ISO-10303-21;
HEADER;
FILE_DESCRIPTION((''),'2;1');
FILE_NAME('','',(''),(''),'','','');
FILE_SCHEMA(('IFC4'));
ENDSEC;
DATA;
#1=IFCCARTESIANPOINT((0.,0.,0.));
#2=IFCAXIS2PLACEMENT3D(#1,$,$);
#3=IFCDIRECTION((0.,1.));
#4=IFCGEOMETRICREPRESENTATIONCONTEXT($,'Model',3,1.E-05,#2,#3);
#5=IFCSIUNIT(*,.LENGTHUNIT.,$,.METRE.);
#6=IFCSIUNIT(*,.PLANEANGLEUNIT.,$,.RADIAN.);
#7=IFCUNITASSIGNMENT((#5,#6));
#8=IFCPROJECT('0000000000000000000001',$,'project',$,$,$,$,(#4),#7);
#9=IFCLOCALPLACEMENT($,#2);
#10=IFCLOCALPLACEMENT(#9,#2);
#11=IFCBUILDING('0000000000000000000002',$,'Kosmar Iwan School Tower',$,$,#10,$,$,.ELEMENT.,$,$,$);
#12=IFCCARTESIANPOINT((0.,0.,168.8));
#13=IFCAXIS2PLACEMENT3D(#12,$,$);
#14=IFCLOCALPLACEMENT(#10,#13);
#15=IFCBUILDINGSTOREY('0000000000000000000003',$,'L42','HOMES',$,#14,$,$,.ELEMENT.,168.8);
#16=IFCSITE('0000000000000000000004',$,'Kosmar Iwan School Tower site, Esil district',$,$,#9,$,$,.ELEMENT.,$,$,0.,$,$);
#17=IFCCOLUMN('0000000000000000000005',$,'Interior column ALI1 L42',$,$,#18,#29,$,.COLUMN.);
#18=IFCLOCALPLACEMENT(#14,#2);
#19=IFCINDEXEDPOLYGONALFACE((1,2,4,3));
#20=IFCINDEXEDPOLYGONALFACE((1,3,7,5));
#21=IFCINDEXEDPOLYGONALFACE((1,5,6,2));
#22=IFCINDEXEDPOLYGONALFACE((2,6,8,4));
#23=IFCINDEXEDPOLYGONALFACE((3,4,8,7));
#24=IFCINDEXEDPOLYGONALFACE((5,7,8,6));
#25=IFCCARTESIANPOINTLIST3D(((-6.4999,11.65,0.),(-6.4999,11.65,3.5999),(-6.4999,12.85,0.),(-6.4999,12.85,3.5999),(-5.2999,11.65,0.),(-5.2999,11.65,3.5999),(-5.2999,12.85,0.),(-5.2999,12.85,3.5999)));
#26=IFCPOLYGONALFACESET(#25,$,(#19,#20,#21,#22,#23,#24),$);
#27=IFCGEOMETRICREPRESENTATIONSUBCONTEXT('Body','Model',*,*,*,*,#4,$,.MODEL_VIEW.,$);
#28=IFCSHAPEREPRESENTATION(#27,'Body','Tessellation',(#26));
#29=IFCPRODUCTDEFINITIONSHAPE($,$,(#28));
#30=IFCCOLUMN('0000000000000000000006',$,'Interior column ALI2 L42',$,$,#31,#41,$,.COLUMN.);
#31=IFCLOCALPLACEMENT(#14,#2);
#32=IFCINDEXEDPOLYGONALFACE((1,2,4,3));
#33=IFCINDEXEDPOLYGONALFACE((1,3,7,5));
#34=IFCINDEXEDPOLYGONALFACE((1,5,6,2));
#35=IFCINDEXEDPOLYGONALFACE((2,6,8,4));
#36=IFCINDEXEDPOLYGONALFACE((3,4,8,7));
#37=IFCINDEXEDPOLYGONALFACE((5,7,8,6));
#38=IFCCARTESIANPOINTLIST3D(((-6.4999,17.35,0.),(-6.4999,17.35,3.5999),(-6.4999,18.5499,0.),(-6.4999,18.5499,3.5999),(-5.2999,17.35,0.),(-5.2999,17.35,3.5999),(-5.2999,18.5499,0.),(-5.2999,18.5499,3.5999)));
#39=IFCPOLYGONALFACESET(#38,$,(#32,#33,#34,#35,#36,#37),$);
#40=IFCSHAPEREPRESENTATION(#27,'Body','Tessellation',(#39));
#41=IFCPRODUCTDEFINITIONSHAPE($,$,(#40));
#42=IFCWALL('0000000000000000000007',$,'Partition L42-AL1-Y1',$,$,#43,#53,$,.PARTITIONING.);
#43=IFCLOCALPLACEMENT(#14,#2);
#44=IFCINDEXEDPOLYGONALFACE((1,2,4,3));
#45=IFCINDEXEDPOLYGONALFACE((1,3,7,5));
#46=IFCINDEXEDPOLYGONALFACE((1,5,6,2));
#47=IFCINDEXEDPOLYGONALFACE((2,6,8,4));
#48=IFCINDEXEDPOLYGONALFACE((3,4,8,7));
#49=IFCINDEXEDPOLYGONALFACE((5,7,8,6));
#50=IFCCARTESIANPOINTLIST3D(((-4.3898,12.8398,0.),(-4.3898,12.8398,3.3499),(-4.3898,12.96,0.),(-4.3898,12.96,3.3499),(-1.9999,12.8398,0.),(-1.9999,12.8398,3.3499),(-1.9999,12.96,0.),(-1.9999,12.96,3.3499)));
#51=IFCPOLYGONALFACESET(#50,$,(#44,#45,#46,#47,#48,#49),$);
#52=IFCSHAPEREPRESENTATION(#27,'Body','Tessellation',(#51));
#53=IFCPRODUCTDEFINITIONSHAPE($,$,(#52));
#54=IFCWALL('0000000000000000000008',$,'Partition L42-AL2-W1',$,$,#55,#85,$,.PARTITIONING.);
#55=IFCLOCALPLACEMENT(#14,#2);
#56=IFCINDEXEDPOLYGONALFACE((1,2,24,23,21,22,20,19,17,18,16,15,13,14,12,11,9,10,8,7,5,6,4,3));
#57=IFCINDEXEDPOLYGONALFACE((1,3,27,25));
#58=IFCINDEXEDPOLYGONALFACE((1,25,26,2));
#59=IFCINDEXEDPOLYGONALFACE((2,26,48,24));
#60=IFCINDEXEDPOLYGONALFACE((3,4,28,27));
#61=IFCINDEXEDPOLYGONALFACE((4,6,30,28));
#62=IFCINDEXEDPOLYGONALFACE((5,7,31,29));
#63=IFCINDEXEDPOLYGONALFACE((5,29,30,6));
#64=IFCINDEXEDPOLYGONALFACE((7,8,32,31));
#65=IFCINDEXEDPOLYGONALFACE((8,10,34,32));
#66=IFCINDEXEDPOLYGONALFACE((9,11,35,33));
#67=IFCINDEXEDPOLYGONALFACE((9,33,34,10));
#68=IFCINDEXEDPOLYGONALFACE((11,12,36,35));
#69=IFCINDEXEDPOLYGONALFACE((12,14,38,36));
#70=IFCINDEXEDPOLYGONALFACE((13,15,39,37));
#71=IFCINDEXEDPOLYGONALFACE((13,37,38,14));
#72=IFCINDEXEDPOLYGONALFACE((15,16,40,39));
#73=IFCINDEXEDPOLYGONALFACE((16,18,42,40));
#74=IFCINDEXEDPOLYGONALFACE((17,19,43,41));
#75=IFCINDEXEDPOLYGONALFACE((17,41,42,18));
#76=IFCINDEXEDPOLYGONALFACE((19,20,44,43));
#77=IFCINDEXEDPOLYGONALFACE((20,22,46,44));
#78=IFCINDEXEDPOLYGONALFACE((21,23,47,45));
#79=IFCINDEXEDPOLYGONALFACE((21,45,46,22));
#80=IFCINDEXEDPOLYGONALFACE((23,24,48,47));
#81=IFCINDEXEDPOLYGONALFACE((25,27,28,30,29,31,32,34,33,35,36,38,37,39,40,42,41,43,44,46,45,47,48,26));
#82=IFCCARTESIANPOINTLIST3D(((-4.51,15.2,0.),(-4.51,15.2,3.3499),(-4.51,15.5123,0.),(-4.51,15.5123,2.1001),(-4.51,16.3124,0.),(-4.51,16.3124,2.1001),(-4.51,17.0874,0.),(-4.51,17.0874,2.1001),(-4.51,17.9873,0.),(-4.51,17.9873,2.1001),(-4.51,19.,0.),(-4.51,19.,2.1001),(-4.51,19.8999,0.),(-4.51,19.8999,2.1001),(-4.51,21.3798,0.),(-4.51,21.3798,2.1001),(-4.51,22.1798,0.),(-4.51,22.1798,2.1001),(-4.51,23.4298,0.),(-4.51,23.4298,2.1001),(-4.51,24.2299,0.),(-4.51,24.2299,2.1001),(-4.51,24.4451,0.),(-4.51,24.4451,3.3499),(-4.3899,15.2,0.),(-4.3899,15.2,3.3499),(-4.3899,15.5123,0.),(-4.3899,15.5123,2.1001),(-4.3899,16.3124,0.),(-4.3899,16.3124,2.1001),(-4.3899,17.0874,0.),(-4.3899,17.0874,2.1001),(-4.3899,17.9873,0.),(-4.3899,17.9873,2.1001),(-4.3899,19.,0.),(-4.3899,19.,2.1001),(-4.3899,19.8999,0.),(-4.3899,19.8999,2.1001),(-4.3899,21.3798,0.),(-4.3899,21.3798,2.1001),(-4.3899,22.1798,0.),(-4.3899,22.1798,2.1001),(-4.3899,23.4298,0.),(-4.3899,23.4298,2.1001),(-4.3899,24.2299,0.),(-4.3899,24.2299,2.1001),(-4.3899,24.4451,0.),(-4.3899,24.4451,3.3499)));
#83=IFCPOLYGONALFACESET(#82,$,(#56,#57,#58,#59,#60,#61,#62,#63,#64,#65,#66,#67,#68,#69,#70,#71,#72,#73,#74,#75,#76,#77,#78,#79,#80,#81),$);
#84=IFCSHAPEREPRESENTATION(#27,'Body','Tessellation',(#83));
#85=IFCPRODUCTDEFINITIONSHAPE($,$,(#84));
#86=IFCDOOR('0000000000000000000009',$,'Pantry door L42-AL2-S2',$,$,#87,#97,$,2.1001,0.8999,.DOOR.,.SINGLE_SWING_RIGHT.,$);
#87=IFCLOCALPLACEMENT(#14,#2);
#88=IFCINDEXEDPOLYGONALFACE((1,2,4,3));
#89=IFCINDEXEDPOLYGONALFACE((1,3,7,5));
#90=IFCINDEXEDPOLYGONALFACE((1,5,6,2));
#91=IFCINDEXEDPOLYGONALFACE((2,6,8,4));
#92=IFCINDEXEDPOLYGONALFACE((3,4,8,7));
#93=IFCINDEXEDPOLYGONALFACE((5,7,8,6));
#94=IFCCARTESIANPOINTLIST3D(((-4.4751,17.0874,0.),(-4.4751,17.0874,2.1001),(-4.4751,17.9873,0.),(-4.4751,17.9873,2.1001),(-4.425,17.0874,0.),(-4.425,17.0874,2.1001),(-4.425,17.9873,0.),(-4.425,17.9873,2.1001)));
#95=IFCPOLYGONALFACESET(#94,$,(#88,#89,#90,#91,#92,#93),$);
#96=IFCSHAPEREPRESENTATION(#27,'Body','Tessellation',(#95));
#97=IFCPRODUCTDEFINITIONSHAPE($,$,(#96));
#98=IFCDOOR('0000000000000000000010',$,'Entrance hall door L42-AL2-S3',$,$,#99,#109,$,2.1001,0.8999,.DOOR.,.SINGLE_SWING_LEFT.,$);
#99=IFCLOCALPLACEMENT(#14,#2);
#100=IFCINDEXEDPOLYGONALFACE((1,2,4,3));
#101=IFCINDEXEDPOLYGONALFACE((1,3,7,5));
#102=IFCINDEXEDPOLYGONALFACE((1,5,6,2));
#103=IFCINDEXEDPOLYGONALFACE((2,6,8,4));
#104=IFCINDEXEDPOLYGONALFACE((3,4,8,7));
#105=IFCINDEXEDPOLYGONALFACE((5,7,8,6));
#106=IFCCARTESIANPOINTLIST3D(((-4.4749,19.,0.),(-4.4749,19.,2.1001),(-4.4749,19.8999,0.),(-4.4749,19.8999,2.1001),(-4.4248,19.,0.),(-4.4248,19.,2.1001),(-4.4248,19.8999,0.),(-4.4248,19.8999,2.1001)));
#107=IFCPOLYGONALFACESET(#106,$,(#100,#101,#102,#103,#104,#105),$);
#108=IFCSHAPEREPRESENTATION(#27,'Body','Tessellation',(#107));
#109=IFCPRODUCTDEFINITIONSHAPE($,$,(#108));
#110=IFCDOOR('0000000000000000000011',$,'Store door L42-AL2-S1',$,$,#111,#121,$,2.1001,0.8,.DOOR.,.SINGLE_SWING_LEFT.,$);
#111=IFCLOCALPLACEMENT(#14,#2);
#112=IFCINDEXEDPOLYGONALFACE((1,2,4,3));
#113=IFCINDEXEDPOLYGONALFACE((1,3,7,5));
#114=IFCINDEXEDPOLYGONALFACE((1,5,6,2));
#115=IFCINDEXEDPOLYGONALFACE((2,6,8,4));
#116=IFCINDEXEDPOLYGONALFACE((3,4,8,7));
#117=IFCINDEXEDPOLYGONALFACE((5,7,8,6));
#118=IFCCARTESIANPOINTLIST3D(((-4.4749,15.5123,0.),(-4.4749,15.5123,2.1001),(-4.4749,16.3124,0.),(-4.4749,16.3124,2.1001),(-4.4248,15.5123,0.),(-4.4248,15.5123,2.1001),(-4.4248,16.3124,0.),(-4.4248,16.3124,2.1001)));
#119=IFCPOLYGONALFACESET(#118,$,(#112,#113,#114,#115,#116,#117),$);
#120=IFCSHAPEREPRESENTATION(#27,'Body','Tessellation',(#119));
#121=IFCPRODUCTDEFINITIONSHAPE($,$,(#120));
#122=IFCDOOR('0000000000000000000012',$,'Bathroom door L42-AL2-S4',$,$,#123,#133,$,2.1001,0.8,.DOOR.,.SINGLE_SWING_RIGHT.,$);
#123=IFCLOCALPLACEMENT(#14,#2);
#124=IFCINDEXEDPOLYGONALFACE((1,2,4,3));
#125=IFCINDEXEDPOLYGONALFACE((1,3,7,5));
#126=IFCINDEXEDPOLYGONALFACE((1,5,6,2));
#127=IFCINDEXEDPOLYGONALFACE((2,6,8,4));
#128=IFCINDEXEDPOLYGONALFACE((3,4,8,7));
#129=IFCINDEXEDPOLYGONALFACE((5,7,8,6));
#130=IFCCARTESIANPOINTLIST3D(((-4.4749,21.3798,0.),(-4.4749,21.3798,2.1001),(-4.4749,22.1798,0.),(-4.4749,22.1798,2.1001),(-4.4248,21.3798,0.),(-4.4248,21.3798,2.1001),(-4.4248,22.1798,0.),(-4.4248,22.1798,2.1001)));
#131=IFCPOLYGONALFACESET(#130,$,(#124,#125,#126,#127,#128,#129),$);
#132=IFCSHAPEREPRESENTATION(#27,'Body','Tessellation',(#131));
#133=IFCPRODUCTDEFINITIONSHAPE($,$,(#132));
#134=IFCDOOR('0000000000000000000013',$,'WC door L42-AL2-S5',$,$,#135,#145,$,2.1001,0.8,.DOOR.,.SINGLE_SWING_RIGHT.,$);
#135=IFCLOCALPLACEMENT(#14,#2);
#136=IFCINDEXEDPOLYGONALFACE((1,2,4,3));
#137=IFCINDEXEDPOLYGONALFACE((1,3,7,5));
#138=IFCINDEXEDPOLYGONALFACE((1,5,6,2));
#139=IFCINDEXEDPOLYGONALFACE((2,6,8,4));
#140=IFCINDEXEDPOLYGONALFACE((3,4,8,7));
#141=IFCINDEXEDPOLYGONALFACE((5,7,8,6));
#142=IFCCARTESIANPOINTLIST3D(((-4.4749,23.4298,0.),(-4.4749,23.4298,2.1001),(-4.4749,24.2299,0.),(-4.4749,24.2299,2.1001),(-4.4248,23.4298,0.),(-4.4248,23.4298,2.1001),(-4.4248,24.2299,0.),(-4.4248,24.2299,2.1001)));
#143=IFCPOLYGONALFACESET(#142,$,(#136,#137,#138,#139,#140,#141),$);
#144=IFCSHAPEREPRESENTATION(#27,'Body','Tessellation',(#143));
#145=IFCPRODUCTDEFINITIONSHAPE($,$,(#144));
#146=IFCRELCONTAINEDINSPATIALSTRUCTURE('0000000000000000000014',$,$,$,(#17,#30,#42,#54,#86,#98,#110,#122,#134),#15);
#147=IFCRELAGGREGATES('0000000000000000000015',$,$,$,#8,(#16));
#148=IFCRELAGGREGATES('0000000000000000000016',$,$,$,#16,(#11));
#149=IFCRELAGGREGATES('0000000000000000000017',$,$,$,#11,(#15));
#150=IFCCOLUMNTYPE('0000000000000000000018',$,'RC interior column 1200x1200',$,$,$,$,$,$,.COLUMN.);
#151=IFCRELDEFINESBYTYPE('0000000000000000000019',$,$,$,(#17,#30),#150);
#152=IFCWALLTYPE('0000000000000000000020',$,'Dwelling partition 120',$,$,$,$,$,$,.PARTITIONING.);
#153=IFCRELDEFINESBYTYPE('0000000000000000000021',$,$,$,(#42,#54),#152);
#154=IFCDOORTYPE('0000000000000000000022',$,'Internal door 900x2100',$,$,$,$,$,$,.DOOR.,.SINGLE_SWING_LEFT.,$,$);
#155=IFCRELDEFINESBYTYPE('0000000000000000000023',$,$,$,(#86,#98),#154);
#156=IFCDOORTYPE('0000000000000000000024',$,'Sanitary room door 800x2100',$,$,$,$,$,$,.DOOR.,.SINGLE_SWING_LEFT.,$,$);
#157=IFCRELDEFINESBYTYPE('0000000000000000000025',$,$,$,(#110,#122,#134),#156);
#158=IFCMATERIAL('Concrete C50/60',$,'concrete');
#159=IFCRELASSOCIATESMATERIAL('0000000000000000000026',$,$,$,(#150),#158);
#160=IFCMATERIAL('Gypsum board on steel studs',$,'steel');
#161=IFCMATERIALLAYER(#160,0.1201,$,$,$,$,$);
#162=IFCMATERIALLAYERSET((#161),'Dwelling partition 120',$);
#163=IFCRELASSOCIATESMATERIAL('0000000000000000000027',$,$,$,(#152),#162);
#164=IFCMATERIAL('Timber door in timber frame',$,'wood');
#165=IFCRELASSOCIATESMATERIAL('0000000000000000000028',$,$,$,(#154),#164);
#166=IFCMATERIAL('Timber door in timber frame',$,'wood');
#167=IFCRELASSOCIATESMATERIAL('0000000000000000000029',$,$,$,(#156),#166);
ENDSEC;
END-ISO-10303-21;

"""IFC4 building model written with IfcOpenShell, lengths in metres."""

from ifc_helpers import new_model, si_unit, direction, frame, frame_2d, origin, origin_2d, place, context, subcontext, project, spatial, rectangle, extrude, material, layer, layer_set, material_profile, profile_set, type_object, element, fill, save


model = new_model("IFC4")

# Units and contexts
model_context = context("Model", 3, precision=1e-05, world=origin(), true_north=direction((0.0, 1.0)))
body_context = subcontext(model_context, "Body", "Model", "MODEL_VIEW")
ifc_project = project(units=[si_unit("LENGTHUNIT", "METRE"), si_unit("PLANEANGLEUNIT", "RADIAN")], contexts=[model_context])

# Site, building, storey
site_placement = place(None, origin())
site = spatial("IfcSite", under=ifc_project, at=site_placement, Name="Kosmar Iwan School Tower site, Esil district", CompositionType="ELEMENT", RefElevation=0.0)
building_placement = place(site_placement, origin())
building = spatial("IfcBuilding", under=site, at=building_placement, Name="Kosmar Iwan School Tower", CompositionType="ELEMENT")
storey_placement = place(building_placement, frame((0.0, 0.0, 168.8)))
storey = spatial("IfcBuildingStorey", under=building, at=storey_placement, Name="L42", Description="HOMES", CompositionType="ELEMENT", Elevation=168.8)

# Columns
ifc_material_1 = material(Name="Concrete C50/60", Category="concrete")
ifc_material_profile = material_profile(ifc_material_1, rectangle(XDim=1.2, YDim=1.2, at=origin_2d()), Name="RC 1200x1200")
ifc_profile_set = profile_set([ifc_material_profile], Name="Concrete C50/60")
column_type = type_object("IfcColumnType", Name="RC interior column 1200x1200", PredefinedType="COLUMN", material=ifc_profile_set)
for number, where, z_axis, x_axis, name in (
    (1, (-5.8999, 12.25, 0.0), (0.0, 0.0, 1.0), (0.0, 1.0, 0.0), "Interior column ALI1 L42"),
    (2, (-5.8999, 17.95, 0.0), (0.0, 0.0, 1.0), (0.0, 1.0, 0.0), "Interior column ALI2 L42"),
):
    element("IfcColumn", number, at=place(storey_placement, frame(where, z_axis=z_axis, x_axis=x_axis)), inside=storey, type_object=column_type, Name=name, PredefinedType="COLUMN", context=body_context, shape_type="SweptSolid", body=[
        extrude(rectangle(XDim=1.2, YDim=1.2, at=origin_2d()), origin(), (0.0, 0.0, 1.0), 3.5999),
    ])

# Wall
ifc_material_2 = material(Name="Gypsum board on steel studs", Category="steel")
ifc_layer_1 = layer(ifc_material_2, 0.1201)
ifc_layer_set_1 = layer_set([ifc_layer_1], Name="Dwelling partition 120")
wall_type_1 = type_object("IfcWallType", Name="Dwelling partition 120", PredefinedType="PARTITIONING", material=ifc_layer_set_1)
wall_1_placement = place(storey_placement, frame((-2.0, 12.8999, 0.0), z_axis=(0.0, 0.0, 1.0), x_axis=(-1.0, 0.0, 0.0)))
element("IfcWall", 3, at=wall_1_placement, inside=storey, type_object=wall_type_1, Name="Partition L42-AL1-Y1", PredefinedType="PARTITIONING", context=body_context, shape_type="SweptSolid", body=[
    extrude(rectangle(XDim=2.3899, YDim=0.1201, at=frame_2d((1.1948, 0.0))), origin(), (0.0, 0.0, 1.0), 3.3499),
])

# Wall, openings, doors
wall_2_placement = place(storey_placement, frame((-4.45, 15.2, 0.0), z_axis=(0.0, 0.0, 1.0), x_axis=(0.0, 1.0, 0.0)))
wall_2 = element("IfcWall", 4, at=wall_2_placement, inside=storey, type_object=wall_type_1, Name="Partition L42-AL2-W1", PredefinedType="PARTITIONING", context=body_context, shape_type="SweptSolid", body=[
    extrude(rectangle(XDim=9.2451, YDim=0.1201, at=frame_2d((4.6226, 0.0))), origin(), (0.0, 0.0, 1.0), 3.3499),
])
opening_1_placement = place(wall_2_placement, frame((0.3125, 0.0, 0.0)))
opening_1 = element("IfcOpeningElement", 5, at=opening_1_placement, cuts=wall_2, PredefinedType="OPENING", context=body_context, shape_type="SweptSolid", body=[
    extrude(rectangle(XDim=0.8, YDim=2.1001, at=frame_2d((0.3999, 1.05))), frame((0.0, 0.072, 0.0), z_axis=(0.0, -1.0, 0.0), x_axis=(1.0, 0.0, 0.0)), (0.0, 0.0, 1.0), 0.144),
])
opening_2_placement = place(wall_2_placement, frame((1.8875, 0.0, 0.0)))
opening_2 = element("IfcOpeningElement", 6, at=opening_2_placement, cuts=wall_2, PredefinedType="OPENING", context=body_context, shape_type="SweptSolid", body=[
    extrude(rectangle(XDim=0.8999, YDim=2.1001, at=frame_2d((0.45, 1.05))), frame((0.0, 0.072, 0.0), z_axis=(0.0, -1.0, 0.0), x_axis=(1.0, 0.0, 0.0)), (0.0, 0.0, 1.0), 0.144),
])
opening_3_placement = place(wall_2_placement, frame((3.8, 0.0, 0.0)))
opening_3 = element("IfcOpeningElement", 7, at=opening_3_placement, cuts=wall_2, PredefinedType="OPENING", context=body_context, shape_type="SweptSolid", body=[
    extrude(rectangle(XDim=0.8999, YDim=2.1001, at=frame_2d((0.45, 1.05))), frame((0.0, 0.072, 0.0), z_axis=(0.0, -1.0, 0.0), x_axis=(1.0, 0.0, 0.0)), (0.0, 0.0, 1.0), 0.144),
])
opening_4_placement = place(wall_2_placement, frame((6.1799, 0.0, 0.0)))
opening_4 = element("IfcOpeningElement", 8, at=opening_4_placement, cuts=wall_2, PredefinedType="OPENING", context=body_context, shape_type="SweptSolid", body=[
    extrude(rectangle(XDim=0.8, YDim=2.1001, at=frame_2d((0.3999, 1.05))), frame((0.0, 0.072, 0.0), z_axis=(0.0, -1.0, 0.0), x_axis=(1.0, 0.0, 0.0)), (0.0, 0.0, 1.0), 0.144),
])
opening_5_placement = place(wall_2_placement, frame((8.23, 0.0, 0.0)))
opening_5 = element("IfcOpeningElement", 9, at=opening_5_placement, cuts=wall_2, PredefinedType="OPENING", context=body_context, shape_type="SweptSolid", body=[
    extrude(rectangle(XDim=0.8, YDim=2.1001, at=frame_2d((0.3999, 1.05))), frame((0.0, 0.072, 0.0), z_axis=(0.0, -1.0, 0.0), x_axis=(1.0, 0.0, 0.0)), (0.0, 0.0, 1.0), 0.144),
])
ifc_material_3 = material(Name="Timber door in timber frame", Category="wood")
door_type_1 = type_object("IfcDoorType", Name="Internal door 900x2100", OperationType="SINGLE_SWING_LEFT", PredefinedType="DOOR", material=ifc_material_3)
door_1_placement = place(opening_2_placement, frame((0.8999, 0.0, 0.0), z_axis=(0.0, 0.0, 1.0), x_axis=(-1.0, 0.0, 0.0)))
door_1 = element("IfcDoor", 10, at=door_1_placement, inside=storey, type_object=door_type_1, Name="Pantry door L42-AL2-S2", OperationType="SINGLE_SWING_RIGHT", OverallHeight=2.1001, OverallWidth=0.8999, PredefinedType="DOOR", context=body_context, shape_type="SweptSolid", body=[
    extrude(rectangle(XDim=0.8999, YDim=2.1001, at=frame_2d((0.45, 1.05))), frame((0.0, 0.0249, 0.0), z_axis=(0.0, -1.0, 0.0), x_axis=(1.0, 0.0, 0.0)), (0.0, 0.0, 1.0), 0.05),
])
fill(opening_2, door_1)
door_2_placement = place(opening_3_placement, origin())
door_2 = element("IfcDoor", 11, at=door_2_placement, inside=storey, type_object=door_type_1, Name="Entrance hall door L42-AL2-S3", OperationType="SINGLE_SWING_LEFT", OverallHeight=2.1001, OverallWidth=0.8999, PredefinedType="DOOR", context=body_context, shape_type="SweptSolid", body=[
    extrude(rectangle(XDim=0.8999, YDim=2.1001, at=frame_2d((0.45, 1.05))), frame((0.0, 0.0249, 0.0), z_axis=(0.0, -1.0, 0.0), x_axis=(1.0, 0.0, 0.0)), (0.0, 0.0, 1.0), 0.05),
])
fill(opening_3, door_2)
ifc_material_4 = material(Name="Timber door in timber frame", Category="wood")
door_type_2 = type_object("IfcDoorType", Name="Sanitary room door 800x2100", OperationType="SINGLE_SWING_LEFT", PredefinedType="DOOR", material=ifc_material_4)
door_3_placement = place(opening_1_placement, origin())
door_3 = element("IfcDoor", 12, at=door_3_placement, inside=storey, type_object=door_type_2, Name="Store door L42-AL2-S1", OperationType="SINGLE_SWING_LEFT", OverallHeight=2.1001, OverallWidth=0.8, PredefinedType="DOOR", context=body_context, shape_type="SweptSolid", body=[
    extrude(rectangle(XDim=0.8, YDim=2.1001, at=frame_2d((0.3999, 1.05))), frame((0.0, 0.0249, 0.0), z_axis=(0.0, -1.0, 0.0), x_axis=(1.0, 0.0, 0.0)), (0.0, 0.0, 1.0), 0.05),
])
fill(opening_1, door_3)
door_4_placement = place(opening_4_placement, origin())
door_4 = element("IfcDoor", 13, at=door_4_placement, inside=storey, type_object=door_type_2, Name="Bathroom door L42-AL2-S4", OperationType="SINGLE_SWING_RIGHT", OverallHeight=2.1001, OverallWidth=0.8, PredefinedType="DOOR", context=body_context, shape_type="SweptSolid", body=[
    extrude(rectangle(XDim=0.8, YDim=2.1001, at=frame_2d((0.3999, 1.05))), frame((0.0, 0.0249, 0.0), z_axis=(0.0, -1.0, 0.0), x_axis=(1.0, 0.0, 0.0)), (0.0, 0.0, 1.0), 0.05),
])
fill(opening_4, door_4)
door_5_placement = place(opening_5_placement, origin())
door_5 = element("IfcDoor", 14, at=door_5_placement, inside=storey, type_object=door_type_2, Name="WC door L42-AL2-S5", OperationType="SINGLE_SWING_RIGHT", OverallHeight=2.1001, OverallWidth=0.8, PredefinedType="DOOR", context=body_context, shape_type="SweptSolid", body=[
    extrude(rectangle(XDim=0.8, YDim=2.1001, at=frame_2d((0.3999, 1.05))), frame((0.0, 0.0249, 0.0), z_axis=(0.0, -1.0, 0.0), x_axis=(1.0, 0.0, 0.0)), (0.0, 0.0, 1.0), 0.05),
])
fill(opening_5, door_5)

save(model, "model.ifc")
